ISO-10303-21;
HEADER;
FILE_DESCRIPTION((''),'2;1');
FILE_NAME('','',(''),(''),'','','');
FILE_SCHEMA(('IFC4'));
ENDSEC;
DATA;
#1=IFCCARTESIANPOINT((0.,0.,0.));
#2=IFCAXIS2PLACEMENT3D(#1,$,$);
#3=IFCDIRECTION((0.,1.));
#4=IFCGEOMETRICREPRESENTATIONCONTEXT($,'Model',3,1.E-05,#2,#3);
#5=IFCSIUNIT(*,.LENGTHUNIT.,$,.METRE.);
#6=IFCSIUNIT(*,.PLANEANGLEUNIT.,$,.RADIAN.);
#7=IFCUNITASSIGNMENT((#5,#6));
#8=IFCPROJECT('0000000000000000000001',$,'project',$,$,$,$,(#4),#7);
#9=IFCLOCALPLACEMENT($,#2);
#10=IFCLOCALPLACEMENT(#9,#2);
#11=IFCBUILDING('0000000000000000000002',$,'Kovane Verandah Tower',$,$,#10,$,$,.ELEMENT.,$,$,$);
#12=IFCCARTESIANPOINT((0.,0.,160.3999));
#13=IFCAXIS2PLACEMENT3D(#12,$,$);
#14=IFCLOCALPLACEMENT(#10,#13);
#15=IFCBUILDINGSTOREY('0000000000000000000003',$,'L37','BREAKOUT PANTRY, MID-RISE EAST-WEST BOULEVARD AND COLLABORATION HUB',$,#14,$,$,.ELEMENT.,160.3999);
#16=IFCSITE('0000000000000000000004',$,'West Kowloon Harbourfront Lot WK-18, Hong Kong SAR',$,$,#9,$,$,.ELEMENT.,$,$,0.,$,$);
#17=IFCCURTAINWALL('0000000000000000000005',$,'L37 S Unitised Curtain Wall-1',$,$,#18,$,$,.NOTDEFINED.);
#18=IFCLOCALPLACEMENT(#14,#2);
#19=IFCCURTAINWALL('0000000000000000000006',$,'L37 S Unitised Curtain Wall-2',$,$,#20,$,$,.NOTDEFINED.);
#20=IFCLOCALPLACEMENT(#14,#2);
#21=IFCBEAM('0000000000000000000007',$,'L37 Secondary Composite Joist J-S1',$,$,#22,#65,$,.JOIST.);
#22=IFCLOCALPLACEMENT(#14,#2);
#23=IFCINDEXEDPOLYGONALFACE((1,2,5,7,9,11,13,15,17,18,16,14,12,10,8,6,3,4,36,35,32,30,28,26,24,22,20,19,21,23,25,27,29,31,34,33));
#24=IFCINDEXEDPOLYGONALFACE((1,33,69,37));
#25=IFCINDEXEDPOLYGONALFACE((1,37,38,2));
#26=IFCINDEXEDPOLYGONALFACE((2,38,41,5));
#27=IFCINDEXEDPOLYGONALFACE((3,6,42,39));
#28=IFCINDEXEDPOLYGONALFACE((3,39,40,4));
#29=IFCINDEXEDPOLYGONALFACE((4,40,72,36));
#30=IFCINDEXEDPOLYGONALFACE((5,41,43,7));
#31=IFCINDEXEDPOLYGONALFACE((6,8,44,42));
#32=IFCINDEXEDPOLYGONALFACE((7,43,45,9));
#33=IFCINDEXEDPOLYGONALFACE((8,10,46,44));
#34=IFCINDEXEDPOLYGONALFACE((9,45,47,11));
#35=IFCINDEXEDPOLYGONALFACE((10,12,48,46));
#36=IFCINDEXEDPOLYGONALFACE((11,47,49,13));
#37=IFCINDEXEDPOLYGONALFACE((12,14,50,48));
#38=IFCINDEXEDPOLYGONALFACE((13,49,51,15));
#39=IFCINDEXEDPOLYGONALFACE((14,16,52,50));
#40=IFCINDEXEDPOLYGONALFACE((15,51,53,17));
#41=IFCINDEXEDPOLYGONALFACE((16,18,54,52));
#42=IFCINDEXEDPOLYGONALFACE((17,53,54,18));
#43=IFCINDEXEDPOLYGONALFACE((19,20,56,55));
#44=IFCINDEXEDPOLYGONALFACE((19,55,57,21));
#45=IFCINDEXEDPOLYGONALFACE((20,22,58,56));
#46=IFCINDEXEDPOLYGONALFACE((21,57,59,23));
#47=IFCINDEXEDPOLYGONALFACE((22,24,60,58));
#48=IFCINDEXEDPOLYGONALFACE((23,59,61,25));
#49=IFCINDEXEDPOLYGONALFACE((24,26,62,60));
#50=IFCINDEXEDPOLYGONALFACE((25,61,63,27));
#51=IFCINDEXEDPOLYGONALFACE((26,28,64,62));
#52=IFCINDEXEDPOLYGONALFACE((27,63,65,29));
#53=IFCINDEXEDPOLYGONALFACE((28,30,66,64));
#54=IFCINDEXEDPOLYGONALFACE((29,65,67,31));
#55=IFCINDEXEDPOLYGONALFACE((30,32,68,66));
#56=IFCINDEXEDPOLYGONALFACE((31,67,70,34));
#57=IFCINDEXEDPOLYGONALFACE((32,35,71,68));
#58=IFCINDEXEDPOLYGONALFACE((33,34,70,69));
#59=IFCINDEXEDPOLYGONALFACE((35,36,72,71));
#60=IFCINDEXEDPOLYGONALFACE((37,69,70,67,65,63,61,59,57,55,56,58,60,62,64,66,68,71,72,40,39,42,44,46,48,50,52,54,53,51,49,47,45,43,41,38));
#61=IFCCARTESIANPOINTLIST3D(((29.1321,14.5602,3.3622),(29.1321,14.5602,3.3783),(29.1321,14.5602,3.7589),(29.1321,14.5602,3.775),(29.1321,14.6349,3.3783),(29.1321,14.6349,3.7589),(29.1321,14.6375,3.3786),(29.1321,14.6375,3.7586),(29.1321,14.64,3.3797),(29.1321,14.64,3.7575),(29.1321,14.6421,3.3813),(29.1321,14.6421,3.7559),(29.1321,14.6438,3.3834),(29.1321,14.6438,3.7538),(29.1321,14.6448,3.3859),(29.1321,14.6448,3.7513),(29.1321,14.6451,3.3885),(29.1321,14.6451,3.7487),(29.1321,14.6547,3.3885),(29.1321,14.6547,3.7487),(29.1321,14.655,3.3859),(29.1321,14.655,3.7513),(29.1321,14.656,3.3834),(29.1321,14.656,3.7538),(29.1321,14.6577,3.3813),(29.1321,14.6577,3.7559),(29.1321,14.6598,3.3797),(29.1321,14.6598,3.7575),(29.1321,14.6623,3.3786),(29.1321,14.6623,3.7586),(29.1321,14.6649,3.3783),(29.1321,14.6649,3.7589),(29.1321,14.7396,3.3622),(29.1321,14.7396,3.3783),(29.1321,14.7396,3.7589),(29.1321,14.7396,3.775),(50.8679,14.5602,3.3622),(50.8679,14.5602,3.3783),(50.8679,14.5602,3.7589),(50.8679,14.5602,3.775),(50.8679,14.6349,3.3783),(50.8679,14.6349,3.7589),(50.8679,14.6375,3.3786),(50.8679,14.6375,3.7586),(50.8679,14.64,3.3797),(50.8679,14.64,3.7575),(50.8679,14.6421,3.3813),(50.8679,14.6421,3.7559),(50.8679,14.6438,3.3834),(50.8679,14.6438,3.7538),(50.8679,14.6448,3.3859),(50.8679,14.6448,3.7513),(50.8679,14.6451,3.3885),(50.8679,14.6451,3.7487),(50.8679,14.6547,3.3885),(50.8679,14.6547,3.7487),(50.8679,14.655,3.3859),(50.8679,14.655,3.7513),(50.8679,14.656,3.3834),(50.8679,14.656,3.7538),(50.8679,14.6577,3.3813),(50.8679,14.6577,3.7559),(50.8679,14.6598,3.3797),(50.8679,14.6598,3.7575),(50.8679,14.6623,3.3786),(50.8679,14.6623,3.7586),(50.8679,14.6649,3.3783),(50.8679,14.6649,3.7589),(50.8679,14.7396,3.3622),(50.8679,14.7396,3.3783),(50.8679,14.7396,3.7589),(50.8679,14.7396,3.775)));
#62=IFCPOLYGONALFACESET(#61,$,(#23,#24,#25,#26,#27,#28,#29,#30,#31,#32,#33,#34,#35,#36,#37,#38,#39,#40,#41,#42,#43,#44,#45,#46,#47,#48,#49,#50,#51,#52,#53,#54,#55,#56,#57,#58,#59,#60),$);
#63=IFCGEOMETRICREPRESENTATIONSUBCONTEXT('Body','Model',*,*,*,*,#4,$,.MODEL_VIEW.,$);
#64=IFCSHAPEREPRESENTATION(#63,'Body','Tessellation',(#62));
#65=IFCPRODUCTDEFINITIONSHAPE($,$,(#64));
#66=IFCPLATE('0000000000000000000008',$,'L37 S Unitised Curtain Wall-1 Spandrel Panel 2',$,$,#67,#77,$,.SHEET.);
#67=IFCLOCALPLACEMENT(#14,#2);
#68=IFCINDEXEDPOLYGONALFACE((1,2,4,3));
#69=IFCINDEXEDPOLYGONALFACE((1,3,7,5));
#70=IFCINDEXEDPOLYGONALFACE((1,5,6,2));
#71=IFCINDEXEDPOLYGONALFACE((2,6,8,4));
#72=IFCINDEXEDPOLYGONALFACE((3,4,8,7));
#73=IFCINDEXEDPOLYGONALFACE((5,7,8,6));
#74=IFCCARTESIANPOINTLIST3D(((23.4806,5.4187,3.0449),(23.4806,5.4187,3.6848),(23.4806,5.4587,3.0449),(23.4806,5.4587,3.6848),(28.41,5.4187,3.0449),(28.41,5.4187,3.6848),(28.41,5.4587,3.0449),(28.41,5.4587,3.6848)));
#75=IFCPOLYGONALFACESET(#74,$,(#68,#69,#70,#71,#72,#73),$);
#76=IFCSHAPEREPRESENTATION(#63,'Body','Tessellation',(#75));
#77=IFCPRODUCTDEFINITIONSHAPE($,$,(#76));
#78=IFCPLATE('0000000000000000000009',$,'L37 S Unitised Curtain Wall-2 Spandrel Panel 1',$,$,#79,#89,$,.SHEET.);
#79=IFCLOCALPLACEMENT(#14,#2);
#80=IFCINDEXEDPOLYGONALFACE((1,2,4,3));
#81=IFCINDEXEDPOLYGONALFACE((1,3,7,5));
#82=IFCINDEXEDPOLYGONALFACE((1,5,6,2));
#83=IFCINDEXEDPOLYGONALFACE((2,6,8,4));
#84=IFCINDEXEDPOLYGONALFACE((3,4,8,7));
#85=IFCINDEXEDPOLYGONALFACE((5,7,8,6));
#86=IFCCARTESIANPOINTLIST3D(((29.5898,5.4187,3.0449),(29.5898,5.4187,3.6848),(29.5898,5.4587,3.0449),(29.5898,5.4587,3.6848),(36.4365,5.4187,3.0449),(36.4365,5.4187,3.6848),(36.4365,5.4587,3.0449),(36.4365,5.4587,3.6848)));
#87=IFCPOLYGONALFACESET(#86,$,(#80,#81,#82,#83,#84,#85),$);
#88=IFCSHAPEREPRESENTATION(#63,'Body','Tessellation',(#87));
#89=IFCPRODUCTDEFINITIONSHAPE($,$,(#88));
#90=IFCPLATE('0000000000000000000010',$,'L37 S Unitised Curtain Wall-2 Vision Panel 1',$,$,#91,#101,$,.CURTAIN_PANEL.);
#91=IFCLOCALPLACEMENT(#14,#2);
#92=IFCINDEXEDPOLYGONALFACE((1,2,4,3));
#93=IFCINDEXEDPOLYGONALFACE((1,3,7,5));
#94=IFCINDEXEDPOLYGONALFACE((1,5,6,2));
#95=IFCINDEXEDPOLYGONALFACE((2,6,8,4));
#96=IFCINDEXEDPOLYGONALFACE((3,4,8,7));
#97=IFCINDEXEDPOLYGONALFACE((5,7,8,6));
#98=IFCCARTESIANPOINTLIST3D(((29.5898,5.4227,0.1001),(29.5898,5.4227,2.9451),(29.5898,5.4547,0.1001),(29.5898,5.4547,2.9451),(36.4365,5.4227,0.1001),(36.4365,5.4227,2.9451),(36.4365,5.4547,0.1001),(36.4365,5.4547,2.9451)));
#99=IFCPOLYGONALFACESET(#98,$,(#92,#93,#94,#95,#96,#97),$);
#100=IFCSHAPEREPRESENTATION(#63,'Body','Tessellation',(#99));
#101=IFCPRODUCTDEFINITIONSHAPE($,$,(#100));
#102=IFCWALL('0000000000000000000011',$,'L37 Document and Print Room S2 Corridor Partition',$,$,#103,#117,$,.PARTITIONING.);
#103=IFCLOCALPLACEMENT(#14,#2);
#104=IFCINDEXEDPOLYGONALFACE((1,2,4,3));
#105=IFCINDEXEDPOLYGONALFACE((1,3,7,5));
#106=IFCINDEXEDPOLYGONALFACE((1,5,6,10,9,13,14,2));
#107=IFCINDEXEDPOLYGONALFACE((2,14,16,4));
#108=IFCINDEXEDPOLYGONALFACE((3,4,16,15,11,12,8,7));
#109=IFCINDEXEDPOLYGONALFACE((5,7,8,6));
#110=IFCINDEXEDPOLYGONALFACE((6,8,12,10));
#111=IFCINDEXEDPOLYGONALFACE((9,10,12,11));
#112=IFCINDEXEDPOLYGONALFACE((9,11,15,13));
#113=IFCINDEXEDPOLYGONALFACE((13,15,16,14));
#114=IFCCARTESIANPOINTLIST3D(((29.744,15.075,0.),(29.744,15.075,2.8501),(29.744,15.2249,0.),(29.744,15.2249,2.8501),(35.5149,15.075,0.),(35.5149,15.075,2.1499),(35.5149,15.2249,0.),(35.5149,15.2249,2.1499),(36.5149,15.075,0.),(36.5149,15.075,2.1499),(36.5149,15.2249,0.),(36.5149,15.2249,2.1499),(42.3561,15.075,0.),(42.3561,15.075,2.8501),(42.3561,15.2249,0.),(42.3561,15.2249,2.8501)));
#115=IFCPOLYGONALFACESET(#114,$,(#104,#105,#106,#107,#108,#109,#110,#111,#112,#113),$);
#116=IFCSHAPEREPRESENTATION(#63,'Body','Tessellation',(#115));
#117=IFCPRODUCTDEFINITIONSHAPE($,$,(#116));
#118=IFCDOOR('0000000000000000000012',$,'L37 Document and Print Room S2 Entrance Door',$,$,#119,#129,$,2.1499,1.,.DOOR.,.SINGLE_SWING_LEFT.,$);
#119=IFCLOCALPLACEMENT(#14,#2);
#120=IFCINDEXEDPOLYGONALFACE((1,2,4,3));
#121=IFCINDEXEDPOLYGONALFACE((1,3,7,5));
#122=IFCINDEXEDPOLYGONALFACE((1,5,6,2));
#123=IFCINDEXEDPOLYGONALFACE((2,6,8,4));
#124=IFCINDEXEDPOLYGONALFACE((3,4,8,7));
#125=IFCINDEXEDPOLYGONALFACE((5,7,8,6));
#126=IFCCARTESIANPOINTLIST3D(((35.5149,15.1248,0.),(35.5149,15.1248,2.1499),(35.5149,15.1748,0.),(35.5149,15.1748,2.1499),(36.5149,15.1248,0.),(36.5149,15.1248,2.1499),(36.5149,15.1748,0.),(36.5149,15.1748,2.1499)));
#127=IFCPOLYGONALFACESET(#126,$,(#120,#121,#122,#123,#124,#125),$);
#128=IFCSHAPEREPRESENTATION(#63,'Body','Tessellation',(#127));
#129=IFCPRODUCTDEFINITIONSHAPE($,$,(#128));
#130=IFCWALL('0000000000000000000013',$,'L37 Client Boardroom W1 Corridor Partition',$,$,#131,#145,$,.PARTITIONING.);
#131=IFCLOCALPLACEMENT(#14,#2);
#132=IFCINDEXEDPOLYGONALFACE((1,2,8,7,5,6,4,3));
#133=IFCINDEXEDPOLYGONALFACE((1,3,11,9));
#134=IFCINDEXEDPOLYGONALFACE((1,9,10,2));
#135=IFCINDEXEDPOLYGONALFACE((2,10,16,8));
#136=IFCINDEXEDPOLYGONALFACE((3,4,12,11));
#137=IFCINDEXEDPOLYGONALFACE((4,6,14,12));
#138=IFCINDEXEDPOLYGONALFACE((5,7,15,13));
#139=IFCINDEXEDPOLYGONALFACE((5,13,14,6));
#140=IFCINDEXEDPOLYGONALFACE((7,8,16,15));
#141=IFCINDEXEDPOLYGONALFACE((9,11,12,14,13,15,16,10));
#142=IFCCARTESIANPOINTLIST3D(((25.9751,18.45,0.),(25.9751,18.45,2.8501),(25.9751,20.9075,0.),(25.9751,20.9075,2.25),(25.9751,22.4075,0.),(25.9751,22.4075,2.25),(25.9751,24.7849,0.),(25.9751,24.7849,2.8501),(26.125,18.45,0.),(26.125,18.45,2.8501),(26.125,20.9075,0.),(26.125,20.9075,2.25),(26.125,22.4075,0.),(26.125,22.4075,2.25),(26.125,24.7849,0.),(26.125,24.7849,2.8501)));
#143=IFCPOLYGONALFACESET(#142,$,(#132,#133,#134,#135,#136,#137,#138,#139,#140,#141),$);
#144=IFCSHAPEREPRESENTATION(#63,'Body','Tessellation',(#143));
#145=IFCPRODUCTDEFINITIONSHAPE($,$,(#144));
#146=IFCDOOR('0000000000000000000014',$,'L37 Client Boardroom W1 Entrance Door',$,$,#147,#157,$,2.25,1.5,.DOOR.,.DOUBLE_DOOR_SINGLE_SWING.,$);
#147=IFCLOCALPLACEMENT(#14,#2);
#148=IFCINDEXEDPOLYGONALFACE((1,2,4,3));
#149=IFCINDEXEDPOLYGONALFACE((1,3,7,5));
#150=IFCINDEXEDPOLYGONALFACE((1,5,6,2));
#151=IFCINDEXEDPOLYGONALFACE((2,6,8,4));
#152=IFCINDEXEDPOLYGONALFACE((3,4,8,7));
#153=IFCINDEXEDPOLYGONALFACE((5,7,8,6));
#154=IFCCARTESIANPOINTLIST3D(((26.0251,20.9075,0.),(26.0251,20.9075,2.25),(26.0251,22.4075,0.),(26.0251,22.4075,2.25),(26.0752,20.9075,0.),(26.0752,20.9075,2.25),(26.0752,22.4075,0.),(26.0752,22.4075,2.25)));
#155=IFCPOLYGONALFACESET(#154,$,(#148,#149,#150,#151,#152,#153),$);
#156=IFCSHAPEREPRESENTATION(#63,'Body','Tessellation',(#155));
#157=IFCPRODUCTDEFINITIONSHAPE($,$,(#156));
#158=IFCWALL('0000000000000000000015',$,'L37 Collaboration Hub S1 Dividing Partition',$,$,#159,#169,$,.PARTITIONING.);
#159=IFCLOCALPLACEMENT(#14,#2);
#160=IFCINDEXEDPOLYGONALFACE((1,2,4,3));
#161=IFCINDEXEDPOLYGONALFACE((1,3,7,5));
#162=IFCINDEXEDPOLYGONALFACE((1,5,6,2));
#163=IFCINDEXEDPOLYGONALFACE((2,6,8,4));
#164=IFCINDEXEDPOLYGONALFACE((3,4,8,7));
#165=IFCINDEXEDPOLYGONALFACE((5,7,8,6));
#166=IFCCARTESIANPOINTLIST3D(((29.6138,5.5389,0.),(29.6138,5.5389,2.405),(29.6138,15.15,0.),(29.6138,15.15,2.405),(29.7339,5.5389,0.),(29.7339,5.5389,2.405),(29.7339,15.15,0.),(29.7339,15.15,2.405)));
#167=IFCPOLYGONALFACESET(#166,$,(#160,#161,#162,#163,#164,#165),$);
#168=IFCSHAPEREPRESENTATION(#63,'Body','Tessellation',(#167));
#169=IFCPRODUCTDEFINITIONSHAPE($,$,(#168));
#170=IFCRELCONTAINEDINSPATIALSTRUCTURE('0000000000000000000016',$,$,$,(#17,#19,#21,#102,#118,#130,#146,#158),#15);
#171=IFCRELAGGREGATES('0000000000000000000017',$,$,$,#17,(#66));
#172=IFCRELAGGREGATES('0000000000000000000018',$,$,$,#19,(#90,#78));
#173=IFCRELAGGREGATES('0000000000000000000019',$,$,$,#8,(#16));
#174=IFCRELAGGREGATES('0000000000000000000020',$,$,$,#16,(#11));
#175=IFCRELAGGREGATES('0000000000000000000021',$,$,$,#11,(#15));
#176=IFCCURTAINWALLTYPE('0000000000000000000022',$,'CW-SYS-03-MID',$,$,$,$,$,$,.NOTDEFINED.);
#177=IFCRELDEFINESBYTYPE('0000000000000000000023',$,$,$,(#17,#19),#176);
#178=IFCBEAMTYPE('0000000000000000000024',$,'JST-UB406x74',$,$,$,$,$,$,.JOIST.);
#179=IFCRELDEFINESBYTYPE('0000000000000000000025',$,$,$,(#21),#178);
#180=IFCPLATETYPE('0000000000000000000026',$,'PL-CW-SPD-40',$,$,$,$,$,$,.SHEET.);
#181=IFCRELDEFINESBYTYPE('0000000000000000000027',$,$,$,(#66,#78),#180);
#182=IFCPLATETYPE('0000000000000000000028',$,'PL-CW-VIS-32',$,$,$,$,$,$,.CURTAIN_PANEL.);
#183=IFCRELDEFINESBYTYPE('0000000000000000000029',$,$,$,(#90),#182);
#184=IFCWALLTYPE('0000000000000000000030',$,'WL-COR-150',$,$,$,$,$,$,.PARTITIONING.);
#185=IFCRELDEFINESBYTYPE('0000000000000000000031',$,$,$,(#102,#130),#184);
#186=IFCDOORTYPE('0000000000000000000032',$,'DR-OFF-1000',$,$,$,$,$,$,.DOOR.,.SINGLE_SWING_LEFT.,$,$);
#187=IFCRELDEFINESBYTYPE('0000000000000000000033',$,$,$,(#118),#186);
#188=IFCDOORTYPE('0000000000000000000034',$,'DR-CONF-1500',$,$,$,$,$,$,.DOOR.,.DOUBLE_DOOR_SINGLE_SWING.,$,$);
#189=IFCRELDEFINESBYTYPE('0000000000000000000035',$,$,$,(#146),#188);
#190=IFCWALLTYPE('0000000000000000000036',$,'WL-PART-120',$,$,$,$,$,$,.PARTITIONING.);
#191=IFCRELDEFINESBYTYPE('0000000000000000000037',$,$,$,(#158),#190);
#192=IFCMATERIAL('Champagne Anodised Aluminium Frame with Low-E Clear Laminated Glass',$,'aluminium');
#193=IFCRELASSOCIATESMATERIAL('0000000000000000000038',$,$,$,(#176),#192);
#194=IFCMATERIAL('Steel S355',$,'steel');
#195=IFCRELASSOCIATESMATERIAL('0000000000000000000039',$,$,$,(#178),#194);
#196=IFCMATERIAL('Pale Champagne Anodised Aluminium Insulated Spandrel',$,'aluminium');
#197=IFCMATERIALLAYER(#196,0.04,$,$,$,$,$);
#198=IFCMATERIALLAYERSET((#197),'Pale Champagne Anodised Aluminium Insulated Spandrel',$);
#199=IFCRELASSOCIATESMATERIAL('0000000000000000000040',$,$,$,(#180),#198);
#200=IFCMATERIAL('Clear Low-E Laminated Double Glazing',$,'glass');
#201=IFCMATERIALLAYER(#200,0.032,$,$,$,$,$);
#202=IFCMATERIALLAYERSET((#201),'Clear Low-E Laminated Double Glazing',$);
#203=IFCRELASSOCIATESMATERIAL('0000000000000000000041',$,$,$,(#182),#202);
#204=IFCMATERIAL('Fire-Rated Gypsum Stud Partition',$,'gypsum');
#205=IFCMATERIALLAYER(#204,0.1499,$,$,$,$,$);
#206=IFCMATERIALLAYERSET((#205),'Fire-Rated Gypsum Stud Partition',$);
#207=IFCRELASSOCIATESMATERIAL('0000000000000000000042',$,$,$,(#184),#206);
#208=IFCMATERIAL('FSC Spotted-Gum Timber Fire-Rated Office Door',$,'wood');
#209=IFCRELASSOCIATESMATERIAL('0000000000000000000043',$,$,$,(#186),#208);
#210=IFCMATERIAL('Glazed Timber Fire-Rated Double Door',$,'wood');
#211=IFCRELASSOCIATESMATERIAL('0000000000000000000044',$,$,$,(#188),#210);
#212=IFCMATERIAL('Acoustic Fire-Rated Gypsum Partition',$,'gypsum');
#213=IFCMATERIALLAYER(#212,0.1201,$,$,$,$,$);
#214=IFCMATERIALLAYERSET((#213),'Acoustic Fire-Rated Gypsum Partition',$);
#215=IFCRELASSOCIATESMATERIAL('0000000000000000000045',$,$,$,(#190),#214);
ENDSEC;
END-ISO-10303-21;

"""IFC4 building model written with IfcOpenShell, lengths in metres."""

from ifc_helpers import new_model, si_unit, direction, frame, frame_2d, origin, origin_2d, place, context, subcontext, project, spatial, rectangle, i_section, extrude, material, layer, layer_set, material_profile, profile_set, type_object, element, fill, aggregate, save


model = new_model("IFC4")

# Units and contexts
model_context = context("Model", 3, precision=1e-05, world=origin(), true_north=direction((0.0, 1.0)))
body_context = subcontext(model_context, "Body", "Model", "MODEL_VIEW")
ifc_project = project(units=[si_unit("LENGTHUNIT", "METRE"), si_unit("PLANEANGLEUNIT", "RADIAN")], contexts=[model_context])

# Site, building, storey
site_placement = place(None, origin())
site = spatial("IfcSite", under=ifc_project, at=site_placement, Name="West Kowloon Harbourfront Lot WK-18, Hong Kong SAR", CompositionType="ELEMENT", RefElevation=0.0)
building_placement = place(site_placement, origin())
building = spatial("IfcBuilding", under=site, at=building_placement, Name="Kovane Verandah Tower", CompositionType="ELEMENT")
storey_placement = place(building_placement, frame((0.0, 0.0, 160.3999)))
storey = spatial("IfcBuildingStorey", under=building, at=storey_placement, Name="L37", Description="BREAKOUT PANTRY, MID-RISE EAST-WEST BOULEVARD AND COLLABORATION HUB", CompositionType="ELEMENT", Elevation=160.3999)

# Shared definitions
ifc_material_1 = material(Name="Steel S355", Category="steel")

# Curtain wall
ifc_material_2 = material(Name="Champagne Anodised Aluminium Frame with Low-E Clear Laminated Glass", Category="aluminium")
curtain_wall_type = type_object("IfcCurtainWallType", Name="CW-SYS-03-MID", PredefinedType="NOTDEFINED", material=ifc_material_2)
curtain_wall_1_placement = place(storey_placement, origin())
curtain_wall_1 = element("IfcCurtainWall", 1, at=curtain_wall_1_placement, inside=storey, type_object=curtain_wall_type, Name="L37 S Unitised Curtain Wall-1", PredefinedType="NOTDEFINED")

# Curtain wall
curtain_wall_2_placement = place(storey_placement, origin())
curtain_wall_2 = element("IfcCurtainWall", 2, at=curtain_wall_2_placement, inside=storey, type_object=curtain_wall_type, Name="L37 S Unitised Curtain Wall-2", PredefinedType="NOTDEFINED")

# Beam
ifc_material_profile_1 = material_profile(ifc_material_1, i_section(OverallWidth=0.1794, OverallDepth=0.4128, WebThickness=0.0095, FlangeThickness=0.0161, FilletRadius=0.0103, at=origin_2d()), Name="UB406x178x74")
ifc_profile_set_1 = profile_set([ifc_material_profile_1], Name="Steel S355")
beam_type_1 = type_object("IfcBeamType", Name="JST-UB406x74", PredefinedType="JOIST", material=ifc_profile_set_1)
beam_1_placement = place(storey_placement, frame((29.1321, 14.6499, 3.5686), z_axis=(1.0, 0.0, 0.0), x_axis=(0.0, 1.0, 0.0)))
element("IfcBeam", 3, at=beam_1_placement, inside=storey, type_object=beam_type_1, Name="L37 Secondary Composite Joist J-S1", PredefinedType="JOIST", context=body_context, shape_type="SweptSolid", body=[
    extrude(i_section(OverallWidth=0.1794, OverallDepth=0.4128, WebThickness=0.0095, FlangeThickness=0.0161, FilletRadius=0.0103, at=origin_2d()), origin(), (0.0, 0.0, 1.0), 21.7358),
])

# Plates
ifc_material_3 = material(Name="Pale Champagne Anodised Aluminium Insulated Spandrel", Category="aluminium")
ifc_layer_1 = layer(ifc_material_3, 0.04)
ifc_layer_set_1 = layer_set([ifc_layer_1], Name="Pale Champagne Anodised Aluminium Insulated Spandrel")
plate_type_1 = type_object("IfcPlateType", Name="PL-CW-SPD-40", PredefinedType="SHEET", material=ifc_layer_set_1)
plate_1_placement = place(storey_placement, frame((25.9453, 5.4387, 3.0449), z_axis=(0.0, 0.0, 1.0), x_axis=(1.0, 0.0, 0.0)))
plate_1 = element("IfcPlate", 4, at=plate_1_placement, type_object=plate_type_1, Name="L37 S Unitised Curtain Wall-1 Spandrel Panel 2", PredefinedType="SHEET", context=body_context, shape_type="SweptSolid", body=[
    extrude(rectangle(XDim=4.9294, YDim=0.04, at=origin_2d()), origin(), (0.0, 0.0, 1.0), 0.6399),
])
aggregate(curtain_wall_1, [plate_1])
plate_2_placement = place(storey_placement, frame((33.0132, 5.4387, 3.0449), z_axis=(0.0, 0.0, 1.0), x_axis=(1.0, 0.0, 0.0)))
plate_2 = element("IfcPlate", 5, at=plate_2_placement, type_object=plate_type_1, Name="L37 S Unitised Curtain Wall-2 Spandrel Panel 1", PredefinedType="SHEET", context=body_context, shape_type="SweptSolid", body=[
    extrude(rectangle(XDim=6.8467, YDim=0.04, at=origin_2d()), origin(), (0.0, 0.0, 1.0), 0.6399),
])
ifc_material_4 = material(Name="Clear Low-E Laminated Double Glazing", Category="glass")
ifc_layer_2 = layer(ifc_material_4, 0.032)
ifc_layer_set_2 = layer_set([ifc_layer_2], Name="Clear Low-E Laminated Double Glazing")
plate_type_2 = type_object("IfcPlateType", Name="PL-CW-VIS-32", PredefinedType="CURTAIN_PANEL", material=ifc_layer_set_2)
plate_3_placement = place(storey_placement, frame((33.0132, 5.4387, 0.1001), z_axis=(0.0, 0.0, 1.0), x_axis=(1.0, 0.0, 0.0)))
plate_3 = element("IfcPlate", 6, at=plate_3_placement, type_object=plate_type_2, Name="L37 S Unitised Curtain Wall-2 Vision Panel 1", PredefinedType="CURTAIN_PANEL", context=body_context, shape_type="SweptSolid", body=[
    extrude(rectangle(XDim=6.8467, YDim=0.032, at=origin_2d()), origin(), (0.0, 0.0, 1.0), 2.845),
])
aggregate(curtain_wall_2, [plate_3, plate_2])

# Walls, openings, doors
ifc_material_5 = material(Name="Fire-Rated Gypsum Stud Partition", Category="gypsum")
ifc_layer_3 = layer(ifc_material_5, 0.1499)
ifc_layer_set_3 = layer_set([ifc_layer_3], Name="Fire-Rated Gypsum Stud Partition")
wall_type_1 = type_object("IfcWallType", Name="WL-COR-150", PredefinedType="PARTITIONING", material=ifc_layer_set_3)
wall_1_placement = place(storey_placement, frame((29.7439, 15.1499, 0.0), z_axis=(0.0, 0.0, 1.0), x_axis=(1.0, 0.0, 0.0)))
wall_1 = element("IfcWall", 7, at=wall_1_placement, inside=storey, type_object=wall_type_1, Name="L37 Document and Print Room S2 Corridor Partition", PredefinedType="PARTITIONING", context=body_context, shape_type="SweptSolid", body=[
    extrude(rectangle(XDim=12.6121, YDim=0.1499, at=frame_2d((6.3062, 0.0))), origin(), (0.0, 0.0, 1.0), 2.8501),
])
opening_1_placement = place(wall_1_placement, frame((5.771, 0.0, 0.0)))
opening_1 = element("IfcOpeningElement", 8, at=opening_1_placement, cuts=wall_1, PredefinedType="OPENING", context=body_context, shape_type="SweptSolid", body=[
    extrude(rectangle(XDim=1.0, YDim=2.1499, at=frame_2d((0.5, 1.075))), frame((0.0, 0.075, 0.0), z_axis=(0.0, -1.0, 0.0), x_axis=(1.0, 0.0, 0.0)), (0.0, 0.0, 1.0), 0.1499),
])
ifc_material_6 = material(Name="FSC Spotted-Gum Timber Fire-Rated Office Door", Category="wood")
door_type_1 = type_object("IfcDoorType", Name="DR-OFF-1000", OperationType="SINGLE_SWING_LEFT", PredefinedType="DOOR", material=ifc_material_6)
door_1_placement = place(opening_1_placement, origin())
door_1 = element("IfcDoor", 9, at=door_1_placement, inside=storey, type_object=door_type_1, Name="L37 Document and Print Room S2 Entrance Door", OperationType="SINGLE_SWING_LEFT", OverallHeight=2.1499, OverallWidth=1.0, PredefinedType="DOOR", context=body_context, shape_type="SweptSolid", body=[
    extrude(rectangle(XDim=1.0, YDim=2.1499, at=frame_2d((0.5, 1.075))), frame((0.0, 0.0249, 0.0), z_axis=(0.0, -1.0, 0.0), x_axis=(1.0, 0.0, 0.0)), (0.0, 0.0, 1.0), 0.05),
])
fill(opening_1, door_1)
wall_2_placement = place(storey_placement, frame((26.05, 18.45, 0.0), z_axis=(0.0, 0.0, 1.0), x_axis=(0.0, 1.0, 0.0)))
wall_2 = element("IfcWall", 10, at=wall_2_placement, inside=storey, type_object=wall_type_1, Name="L37 Client Boardroom W1 Corridor Partition", PredefinedType="PARTITIONING", context=body_context, shape_type="SweptSolid", body=[
    extrude(rectangle(XDim=6.335, YDim=0.1499, at=frame_2d((3.1675, 0.0))), origin(), (0.0, 0.0, 1.0), 2.8501),
])
opening_2_placement = place(wall_2_placement, frame((2.4575, 0.0, 0.0)))
opening_2 = element("IfcOpeningElement", 11, at=opening_2_placement, cuts=wall_2, PredefinedType="OPENING", context=body_context, shape_type="SweptSolid", body=[
    extrude(rectangle(XDim=1.5, YDim=2.25, at=frame_2d((0.75, 1.125))), frame((0.0, 0.075, 0.0), z_axis=(0.0, -1.0, 0.0), x_axis=(1.0, 0.0, 0.0)), (0.0, 0.0, 1.0), 0.1499),
])
ifc_material_7 = material(Name="Glazed Timber Fire-Rated Double Door", Category="wood")
door_type_2 = type_object("IfcDoorType", Name="DR-CONF-1500", OperationType="DOUBLE_DOOR_SINGLE_SWING", PredefinedType="DOOR", material=ifc_material_7)
door_2_placement = place(opening_2_placement, origin())
door_2 = element("IfcDoor", 12, at=door_2_placement, inside=storey, type_object=door_type_2, Name="L37 Client Boardroom W1 Entrance Door", OperationType="DOUBLE_DOOR_SINGLE_SWING", OverallHeight=2.25, OverallWidth=1.5, PredefinedType="DOOR", context=body_context, shape_type="SweptSolid", body=[
    extrude(rectangle(XDim=1.5, YDim=2.25, at=frame_2d((0.75, 1.125))), frame((0.0, 0.0249, 0.0), z_axis=(0.0, -1.0, 0.0), x_axis=(1.0, 0.0, 0.0)), (0.0, 0.0, 1.0), 0.05),
])
fill(opening_2, door_2)

# Wall
ifc_material_8 = material(Name="Acoustic Fire-Rated Gypsum Partition", Category="gypsum")
ifc_layer_4 = layer(ifc_material_8, 0.1201)
ifc_layer_set_4 = layer_set([ifc_layer_4], Name="Acoustic Fire-Rated Gypsum Partition")
wall_type_2 = type_object("IfcWallType", Name="WL-PART-120", PredefinedType="PARTITIONING", material=ifc_layer_set_4)
wall_3_placement = place(storey_placement, frame((29.6738, 5.5388, 0.0), z_axis=(0.0, 0.0, 1.0), x_axis=(0.0, 1.0, 0.0)))
element("IfcWall", 13, at=wall_3_placement, inside=storey, type_object=wall_type_2, Name="L37 Collaboration Hub S1 Dividing Partition", PredefinedType="PARTITIONING", context=body_context, shape_type="SweptSolid", body=[
    extrude(rectangle(XDim=9.6111, YDim=0.1201, at=frame_2d((4.8057, 0.0))), origin(), (0.0, 0.0, 1.0), 2.405),
])

save(model, "model.ifc")
